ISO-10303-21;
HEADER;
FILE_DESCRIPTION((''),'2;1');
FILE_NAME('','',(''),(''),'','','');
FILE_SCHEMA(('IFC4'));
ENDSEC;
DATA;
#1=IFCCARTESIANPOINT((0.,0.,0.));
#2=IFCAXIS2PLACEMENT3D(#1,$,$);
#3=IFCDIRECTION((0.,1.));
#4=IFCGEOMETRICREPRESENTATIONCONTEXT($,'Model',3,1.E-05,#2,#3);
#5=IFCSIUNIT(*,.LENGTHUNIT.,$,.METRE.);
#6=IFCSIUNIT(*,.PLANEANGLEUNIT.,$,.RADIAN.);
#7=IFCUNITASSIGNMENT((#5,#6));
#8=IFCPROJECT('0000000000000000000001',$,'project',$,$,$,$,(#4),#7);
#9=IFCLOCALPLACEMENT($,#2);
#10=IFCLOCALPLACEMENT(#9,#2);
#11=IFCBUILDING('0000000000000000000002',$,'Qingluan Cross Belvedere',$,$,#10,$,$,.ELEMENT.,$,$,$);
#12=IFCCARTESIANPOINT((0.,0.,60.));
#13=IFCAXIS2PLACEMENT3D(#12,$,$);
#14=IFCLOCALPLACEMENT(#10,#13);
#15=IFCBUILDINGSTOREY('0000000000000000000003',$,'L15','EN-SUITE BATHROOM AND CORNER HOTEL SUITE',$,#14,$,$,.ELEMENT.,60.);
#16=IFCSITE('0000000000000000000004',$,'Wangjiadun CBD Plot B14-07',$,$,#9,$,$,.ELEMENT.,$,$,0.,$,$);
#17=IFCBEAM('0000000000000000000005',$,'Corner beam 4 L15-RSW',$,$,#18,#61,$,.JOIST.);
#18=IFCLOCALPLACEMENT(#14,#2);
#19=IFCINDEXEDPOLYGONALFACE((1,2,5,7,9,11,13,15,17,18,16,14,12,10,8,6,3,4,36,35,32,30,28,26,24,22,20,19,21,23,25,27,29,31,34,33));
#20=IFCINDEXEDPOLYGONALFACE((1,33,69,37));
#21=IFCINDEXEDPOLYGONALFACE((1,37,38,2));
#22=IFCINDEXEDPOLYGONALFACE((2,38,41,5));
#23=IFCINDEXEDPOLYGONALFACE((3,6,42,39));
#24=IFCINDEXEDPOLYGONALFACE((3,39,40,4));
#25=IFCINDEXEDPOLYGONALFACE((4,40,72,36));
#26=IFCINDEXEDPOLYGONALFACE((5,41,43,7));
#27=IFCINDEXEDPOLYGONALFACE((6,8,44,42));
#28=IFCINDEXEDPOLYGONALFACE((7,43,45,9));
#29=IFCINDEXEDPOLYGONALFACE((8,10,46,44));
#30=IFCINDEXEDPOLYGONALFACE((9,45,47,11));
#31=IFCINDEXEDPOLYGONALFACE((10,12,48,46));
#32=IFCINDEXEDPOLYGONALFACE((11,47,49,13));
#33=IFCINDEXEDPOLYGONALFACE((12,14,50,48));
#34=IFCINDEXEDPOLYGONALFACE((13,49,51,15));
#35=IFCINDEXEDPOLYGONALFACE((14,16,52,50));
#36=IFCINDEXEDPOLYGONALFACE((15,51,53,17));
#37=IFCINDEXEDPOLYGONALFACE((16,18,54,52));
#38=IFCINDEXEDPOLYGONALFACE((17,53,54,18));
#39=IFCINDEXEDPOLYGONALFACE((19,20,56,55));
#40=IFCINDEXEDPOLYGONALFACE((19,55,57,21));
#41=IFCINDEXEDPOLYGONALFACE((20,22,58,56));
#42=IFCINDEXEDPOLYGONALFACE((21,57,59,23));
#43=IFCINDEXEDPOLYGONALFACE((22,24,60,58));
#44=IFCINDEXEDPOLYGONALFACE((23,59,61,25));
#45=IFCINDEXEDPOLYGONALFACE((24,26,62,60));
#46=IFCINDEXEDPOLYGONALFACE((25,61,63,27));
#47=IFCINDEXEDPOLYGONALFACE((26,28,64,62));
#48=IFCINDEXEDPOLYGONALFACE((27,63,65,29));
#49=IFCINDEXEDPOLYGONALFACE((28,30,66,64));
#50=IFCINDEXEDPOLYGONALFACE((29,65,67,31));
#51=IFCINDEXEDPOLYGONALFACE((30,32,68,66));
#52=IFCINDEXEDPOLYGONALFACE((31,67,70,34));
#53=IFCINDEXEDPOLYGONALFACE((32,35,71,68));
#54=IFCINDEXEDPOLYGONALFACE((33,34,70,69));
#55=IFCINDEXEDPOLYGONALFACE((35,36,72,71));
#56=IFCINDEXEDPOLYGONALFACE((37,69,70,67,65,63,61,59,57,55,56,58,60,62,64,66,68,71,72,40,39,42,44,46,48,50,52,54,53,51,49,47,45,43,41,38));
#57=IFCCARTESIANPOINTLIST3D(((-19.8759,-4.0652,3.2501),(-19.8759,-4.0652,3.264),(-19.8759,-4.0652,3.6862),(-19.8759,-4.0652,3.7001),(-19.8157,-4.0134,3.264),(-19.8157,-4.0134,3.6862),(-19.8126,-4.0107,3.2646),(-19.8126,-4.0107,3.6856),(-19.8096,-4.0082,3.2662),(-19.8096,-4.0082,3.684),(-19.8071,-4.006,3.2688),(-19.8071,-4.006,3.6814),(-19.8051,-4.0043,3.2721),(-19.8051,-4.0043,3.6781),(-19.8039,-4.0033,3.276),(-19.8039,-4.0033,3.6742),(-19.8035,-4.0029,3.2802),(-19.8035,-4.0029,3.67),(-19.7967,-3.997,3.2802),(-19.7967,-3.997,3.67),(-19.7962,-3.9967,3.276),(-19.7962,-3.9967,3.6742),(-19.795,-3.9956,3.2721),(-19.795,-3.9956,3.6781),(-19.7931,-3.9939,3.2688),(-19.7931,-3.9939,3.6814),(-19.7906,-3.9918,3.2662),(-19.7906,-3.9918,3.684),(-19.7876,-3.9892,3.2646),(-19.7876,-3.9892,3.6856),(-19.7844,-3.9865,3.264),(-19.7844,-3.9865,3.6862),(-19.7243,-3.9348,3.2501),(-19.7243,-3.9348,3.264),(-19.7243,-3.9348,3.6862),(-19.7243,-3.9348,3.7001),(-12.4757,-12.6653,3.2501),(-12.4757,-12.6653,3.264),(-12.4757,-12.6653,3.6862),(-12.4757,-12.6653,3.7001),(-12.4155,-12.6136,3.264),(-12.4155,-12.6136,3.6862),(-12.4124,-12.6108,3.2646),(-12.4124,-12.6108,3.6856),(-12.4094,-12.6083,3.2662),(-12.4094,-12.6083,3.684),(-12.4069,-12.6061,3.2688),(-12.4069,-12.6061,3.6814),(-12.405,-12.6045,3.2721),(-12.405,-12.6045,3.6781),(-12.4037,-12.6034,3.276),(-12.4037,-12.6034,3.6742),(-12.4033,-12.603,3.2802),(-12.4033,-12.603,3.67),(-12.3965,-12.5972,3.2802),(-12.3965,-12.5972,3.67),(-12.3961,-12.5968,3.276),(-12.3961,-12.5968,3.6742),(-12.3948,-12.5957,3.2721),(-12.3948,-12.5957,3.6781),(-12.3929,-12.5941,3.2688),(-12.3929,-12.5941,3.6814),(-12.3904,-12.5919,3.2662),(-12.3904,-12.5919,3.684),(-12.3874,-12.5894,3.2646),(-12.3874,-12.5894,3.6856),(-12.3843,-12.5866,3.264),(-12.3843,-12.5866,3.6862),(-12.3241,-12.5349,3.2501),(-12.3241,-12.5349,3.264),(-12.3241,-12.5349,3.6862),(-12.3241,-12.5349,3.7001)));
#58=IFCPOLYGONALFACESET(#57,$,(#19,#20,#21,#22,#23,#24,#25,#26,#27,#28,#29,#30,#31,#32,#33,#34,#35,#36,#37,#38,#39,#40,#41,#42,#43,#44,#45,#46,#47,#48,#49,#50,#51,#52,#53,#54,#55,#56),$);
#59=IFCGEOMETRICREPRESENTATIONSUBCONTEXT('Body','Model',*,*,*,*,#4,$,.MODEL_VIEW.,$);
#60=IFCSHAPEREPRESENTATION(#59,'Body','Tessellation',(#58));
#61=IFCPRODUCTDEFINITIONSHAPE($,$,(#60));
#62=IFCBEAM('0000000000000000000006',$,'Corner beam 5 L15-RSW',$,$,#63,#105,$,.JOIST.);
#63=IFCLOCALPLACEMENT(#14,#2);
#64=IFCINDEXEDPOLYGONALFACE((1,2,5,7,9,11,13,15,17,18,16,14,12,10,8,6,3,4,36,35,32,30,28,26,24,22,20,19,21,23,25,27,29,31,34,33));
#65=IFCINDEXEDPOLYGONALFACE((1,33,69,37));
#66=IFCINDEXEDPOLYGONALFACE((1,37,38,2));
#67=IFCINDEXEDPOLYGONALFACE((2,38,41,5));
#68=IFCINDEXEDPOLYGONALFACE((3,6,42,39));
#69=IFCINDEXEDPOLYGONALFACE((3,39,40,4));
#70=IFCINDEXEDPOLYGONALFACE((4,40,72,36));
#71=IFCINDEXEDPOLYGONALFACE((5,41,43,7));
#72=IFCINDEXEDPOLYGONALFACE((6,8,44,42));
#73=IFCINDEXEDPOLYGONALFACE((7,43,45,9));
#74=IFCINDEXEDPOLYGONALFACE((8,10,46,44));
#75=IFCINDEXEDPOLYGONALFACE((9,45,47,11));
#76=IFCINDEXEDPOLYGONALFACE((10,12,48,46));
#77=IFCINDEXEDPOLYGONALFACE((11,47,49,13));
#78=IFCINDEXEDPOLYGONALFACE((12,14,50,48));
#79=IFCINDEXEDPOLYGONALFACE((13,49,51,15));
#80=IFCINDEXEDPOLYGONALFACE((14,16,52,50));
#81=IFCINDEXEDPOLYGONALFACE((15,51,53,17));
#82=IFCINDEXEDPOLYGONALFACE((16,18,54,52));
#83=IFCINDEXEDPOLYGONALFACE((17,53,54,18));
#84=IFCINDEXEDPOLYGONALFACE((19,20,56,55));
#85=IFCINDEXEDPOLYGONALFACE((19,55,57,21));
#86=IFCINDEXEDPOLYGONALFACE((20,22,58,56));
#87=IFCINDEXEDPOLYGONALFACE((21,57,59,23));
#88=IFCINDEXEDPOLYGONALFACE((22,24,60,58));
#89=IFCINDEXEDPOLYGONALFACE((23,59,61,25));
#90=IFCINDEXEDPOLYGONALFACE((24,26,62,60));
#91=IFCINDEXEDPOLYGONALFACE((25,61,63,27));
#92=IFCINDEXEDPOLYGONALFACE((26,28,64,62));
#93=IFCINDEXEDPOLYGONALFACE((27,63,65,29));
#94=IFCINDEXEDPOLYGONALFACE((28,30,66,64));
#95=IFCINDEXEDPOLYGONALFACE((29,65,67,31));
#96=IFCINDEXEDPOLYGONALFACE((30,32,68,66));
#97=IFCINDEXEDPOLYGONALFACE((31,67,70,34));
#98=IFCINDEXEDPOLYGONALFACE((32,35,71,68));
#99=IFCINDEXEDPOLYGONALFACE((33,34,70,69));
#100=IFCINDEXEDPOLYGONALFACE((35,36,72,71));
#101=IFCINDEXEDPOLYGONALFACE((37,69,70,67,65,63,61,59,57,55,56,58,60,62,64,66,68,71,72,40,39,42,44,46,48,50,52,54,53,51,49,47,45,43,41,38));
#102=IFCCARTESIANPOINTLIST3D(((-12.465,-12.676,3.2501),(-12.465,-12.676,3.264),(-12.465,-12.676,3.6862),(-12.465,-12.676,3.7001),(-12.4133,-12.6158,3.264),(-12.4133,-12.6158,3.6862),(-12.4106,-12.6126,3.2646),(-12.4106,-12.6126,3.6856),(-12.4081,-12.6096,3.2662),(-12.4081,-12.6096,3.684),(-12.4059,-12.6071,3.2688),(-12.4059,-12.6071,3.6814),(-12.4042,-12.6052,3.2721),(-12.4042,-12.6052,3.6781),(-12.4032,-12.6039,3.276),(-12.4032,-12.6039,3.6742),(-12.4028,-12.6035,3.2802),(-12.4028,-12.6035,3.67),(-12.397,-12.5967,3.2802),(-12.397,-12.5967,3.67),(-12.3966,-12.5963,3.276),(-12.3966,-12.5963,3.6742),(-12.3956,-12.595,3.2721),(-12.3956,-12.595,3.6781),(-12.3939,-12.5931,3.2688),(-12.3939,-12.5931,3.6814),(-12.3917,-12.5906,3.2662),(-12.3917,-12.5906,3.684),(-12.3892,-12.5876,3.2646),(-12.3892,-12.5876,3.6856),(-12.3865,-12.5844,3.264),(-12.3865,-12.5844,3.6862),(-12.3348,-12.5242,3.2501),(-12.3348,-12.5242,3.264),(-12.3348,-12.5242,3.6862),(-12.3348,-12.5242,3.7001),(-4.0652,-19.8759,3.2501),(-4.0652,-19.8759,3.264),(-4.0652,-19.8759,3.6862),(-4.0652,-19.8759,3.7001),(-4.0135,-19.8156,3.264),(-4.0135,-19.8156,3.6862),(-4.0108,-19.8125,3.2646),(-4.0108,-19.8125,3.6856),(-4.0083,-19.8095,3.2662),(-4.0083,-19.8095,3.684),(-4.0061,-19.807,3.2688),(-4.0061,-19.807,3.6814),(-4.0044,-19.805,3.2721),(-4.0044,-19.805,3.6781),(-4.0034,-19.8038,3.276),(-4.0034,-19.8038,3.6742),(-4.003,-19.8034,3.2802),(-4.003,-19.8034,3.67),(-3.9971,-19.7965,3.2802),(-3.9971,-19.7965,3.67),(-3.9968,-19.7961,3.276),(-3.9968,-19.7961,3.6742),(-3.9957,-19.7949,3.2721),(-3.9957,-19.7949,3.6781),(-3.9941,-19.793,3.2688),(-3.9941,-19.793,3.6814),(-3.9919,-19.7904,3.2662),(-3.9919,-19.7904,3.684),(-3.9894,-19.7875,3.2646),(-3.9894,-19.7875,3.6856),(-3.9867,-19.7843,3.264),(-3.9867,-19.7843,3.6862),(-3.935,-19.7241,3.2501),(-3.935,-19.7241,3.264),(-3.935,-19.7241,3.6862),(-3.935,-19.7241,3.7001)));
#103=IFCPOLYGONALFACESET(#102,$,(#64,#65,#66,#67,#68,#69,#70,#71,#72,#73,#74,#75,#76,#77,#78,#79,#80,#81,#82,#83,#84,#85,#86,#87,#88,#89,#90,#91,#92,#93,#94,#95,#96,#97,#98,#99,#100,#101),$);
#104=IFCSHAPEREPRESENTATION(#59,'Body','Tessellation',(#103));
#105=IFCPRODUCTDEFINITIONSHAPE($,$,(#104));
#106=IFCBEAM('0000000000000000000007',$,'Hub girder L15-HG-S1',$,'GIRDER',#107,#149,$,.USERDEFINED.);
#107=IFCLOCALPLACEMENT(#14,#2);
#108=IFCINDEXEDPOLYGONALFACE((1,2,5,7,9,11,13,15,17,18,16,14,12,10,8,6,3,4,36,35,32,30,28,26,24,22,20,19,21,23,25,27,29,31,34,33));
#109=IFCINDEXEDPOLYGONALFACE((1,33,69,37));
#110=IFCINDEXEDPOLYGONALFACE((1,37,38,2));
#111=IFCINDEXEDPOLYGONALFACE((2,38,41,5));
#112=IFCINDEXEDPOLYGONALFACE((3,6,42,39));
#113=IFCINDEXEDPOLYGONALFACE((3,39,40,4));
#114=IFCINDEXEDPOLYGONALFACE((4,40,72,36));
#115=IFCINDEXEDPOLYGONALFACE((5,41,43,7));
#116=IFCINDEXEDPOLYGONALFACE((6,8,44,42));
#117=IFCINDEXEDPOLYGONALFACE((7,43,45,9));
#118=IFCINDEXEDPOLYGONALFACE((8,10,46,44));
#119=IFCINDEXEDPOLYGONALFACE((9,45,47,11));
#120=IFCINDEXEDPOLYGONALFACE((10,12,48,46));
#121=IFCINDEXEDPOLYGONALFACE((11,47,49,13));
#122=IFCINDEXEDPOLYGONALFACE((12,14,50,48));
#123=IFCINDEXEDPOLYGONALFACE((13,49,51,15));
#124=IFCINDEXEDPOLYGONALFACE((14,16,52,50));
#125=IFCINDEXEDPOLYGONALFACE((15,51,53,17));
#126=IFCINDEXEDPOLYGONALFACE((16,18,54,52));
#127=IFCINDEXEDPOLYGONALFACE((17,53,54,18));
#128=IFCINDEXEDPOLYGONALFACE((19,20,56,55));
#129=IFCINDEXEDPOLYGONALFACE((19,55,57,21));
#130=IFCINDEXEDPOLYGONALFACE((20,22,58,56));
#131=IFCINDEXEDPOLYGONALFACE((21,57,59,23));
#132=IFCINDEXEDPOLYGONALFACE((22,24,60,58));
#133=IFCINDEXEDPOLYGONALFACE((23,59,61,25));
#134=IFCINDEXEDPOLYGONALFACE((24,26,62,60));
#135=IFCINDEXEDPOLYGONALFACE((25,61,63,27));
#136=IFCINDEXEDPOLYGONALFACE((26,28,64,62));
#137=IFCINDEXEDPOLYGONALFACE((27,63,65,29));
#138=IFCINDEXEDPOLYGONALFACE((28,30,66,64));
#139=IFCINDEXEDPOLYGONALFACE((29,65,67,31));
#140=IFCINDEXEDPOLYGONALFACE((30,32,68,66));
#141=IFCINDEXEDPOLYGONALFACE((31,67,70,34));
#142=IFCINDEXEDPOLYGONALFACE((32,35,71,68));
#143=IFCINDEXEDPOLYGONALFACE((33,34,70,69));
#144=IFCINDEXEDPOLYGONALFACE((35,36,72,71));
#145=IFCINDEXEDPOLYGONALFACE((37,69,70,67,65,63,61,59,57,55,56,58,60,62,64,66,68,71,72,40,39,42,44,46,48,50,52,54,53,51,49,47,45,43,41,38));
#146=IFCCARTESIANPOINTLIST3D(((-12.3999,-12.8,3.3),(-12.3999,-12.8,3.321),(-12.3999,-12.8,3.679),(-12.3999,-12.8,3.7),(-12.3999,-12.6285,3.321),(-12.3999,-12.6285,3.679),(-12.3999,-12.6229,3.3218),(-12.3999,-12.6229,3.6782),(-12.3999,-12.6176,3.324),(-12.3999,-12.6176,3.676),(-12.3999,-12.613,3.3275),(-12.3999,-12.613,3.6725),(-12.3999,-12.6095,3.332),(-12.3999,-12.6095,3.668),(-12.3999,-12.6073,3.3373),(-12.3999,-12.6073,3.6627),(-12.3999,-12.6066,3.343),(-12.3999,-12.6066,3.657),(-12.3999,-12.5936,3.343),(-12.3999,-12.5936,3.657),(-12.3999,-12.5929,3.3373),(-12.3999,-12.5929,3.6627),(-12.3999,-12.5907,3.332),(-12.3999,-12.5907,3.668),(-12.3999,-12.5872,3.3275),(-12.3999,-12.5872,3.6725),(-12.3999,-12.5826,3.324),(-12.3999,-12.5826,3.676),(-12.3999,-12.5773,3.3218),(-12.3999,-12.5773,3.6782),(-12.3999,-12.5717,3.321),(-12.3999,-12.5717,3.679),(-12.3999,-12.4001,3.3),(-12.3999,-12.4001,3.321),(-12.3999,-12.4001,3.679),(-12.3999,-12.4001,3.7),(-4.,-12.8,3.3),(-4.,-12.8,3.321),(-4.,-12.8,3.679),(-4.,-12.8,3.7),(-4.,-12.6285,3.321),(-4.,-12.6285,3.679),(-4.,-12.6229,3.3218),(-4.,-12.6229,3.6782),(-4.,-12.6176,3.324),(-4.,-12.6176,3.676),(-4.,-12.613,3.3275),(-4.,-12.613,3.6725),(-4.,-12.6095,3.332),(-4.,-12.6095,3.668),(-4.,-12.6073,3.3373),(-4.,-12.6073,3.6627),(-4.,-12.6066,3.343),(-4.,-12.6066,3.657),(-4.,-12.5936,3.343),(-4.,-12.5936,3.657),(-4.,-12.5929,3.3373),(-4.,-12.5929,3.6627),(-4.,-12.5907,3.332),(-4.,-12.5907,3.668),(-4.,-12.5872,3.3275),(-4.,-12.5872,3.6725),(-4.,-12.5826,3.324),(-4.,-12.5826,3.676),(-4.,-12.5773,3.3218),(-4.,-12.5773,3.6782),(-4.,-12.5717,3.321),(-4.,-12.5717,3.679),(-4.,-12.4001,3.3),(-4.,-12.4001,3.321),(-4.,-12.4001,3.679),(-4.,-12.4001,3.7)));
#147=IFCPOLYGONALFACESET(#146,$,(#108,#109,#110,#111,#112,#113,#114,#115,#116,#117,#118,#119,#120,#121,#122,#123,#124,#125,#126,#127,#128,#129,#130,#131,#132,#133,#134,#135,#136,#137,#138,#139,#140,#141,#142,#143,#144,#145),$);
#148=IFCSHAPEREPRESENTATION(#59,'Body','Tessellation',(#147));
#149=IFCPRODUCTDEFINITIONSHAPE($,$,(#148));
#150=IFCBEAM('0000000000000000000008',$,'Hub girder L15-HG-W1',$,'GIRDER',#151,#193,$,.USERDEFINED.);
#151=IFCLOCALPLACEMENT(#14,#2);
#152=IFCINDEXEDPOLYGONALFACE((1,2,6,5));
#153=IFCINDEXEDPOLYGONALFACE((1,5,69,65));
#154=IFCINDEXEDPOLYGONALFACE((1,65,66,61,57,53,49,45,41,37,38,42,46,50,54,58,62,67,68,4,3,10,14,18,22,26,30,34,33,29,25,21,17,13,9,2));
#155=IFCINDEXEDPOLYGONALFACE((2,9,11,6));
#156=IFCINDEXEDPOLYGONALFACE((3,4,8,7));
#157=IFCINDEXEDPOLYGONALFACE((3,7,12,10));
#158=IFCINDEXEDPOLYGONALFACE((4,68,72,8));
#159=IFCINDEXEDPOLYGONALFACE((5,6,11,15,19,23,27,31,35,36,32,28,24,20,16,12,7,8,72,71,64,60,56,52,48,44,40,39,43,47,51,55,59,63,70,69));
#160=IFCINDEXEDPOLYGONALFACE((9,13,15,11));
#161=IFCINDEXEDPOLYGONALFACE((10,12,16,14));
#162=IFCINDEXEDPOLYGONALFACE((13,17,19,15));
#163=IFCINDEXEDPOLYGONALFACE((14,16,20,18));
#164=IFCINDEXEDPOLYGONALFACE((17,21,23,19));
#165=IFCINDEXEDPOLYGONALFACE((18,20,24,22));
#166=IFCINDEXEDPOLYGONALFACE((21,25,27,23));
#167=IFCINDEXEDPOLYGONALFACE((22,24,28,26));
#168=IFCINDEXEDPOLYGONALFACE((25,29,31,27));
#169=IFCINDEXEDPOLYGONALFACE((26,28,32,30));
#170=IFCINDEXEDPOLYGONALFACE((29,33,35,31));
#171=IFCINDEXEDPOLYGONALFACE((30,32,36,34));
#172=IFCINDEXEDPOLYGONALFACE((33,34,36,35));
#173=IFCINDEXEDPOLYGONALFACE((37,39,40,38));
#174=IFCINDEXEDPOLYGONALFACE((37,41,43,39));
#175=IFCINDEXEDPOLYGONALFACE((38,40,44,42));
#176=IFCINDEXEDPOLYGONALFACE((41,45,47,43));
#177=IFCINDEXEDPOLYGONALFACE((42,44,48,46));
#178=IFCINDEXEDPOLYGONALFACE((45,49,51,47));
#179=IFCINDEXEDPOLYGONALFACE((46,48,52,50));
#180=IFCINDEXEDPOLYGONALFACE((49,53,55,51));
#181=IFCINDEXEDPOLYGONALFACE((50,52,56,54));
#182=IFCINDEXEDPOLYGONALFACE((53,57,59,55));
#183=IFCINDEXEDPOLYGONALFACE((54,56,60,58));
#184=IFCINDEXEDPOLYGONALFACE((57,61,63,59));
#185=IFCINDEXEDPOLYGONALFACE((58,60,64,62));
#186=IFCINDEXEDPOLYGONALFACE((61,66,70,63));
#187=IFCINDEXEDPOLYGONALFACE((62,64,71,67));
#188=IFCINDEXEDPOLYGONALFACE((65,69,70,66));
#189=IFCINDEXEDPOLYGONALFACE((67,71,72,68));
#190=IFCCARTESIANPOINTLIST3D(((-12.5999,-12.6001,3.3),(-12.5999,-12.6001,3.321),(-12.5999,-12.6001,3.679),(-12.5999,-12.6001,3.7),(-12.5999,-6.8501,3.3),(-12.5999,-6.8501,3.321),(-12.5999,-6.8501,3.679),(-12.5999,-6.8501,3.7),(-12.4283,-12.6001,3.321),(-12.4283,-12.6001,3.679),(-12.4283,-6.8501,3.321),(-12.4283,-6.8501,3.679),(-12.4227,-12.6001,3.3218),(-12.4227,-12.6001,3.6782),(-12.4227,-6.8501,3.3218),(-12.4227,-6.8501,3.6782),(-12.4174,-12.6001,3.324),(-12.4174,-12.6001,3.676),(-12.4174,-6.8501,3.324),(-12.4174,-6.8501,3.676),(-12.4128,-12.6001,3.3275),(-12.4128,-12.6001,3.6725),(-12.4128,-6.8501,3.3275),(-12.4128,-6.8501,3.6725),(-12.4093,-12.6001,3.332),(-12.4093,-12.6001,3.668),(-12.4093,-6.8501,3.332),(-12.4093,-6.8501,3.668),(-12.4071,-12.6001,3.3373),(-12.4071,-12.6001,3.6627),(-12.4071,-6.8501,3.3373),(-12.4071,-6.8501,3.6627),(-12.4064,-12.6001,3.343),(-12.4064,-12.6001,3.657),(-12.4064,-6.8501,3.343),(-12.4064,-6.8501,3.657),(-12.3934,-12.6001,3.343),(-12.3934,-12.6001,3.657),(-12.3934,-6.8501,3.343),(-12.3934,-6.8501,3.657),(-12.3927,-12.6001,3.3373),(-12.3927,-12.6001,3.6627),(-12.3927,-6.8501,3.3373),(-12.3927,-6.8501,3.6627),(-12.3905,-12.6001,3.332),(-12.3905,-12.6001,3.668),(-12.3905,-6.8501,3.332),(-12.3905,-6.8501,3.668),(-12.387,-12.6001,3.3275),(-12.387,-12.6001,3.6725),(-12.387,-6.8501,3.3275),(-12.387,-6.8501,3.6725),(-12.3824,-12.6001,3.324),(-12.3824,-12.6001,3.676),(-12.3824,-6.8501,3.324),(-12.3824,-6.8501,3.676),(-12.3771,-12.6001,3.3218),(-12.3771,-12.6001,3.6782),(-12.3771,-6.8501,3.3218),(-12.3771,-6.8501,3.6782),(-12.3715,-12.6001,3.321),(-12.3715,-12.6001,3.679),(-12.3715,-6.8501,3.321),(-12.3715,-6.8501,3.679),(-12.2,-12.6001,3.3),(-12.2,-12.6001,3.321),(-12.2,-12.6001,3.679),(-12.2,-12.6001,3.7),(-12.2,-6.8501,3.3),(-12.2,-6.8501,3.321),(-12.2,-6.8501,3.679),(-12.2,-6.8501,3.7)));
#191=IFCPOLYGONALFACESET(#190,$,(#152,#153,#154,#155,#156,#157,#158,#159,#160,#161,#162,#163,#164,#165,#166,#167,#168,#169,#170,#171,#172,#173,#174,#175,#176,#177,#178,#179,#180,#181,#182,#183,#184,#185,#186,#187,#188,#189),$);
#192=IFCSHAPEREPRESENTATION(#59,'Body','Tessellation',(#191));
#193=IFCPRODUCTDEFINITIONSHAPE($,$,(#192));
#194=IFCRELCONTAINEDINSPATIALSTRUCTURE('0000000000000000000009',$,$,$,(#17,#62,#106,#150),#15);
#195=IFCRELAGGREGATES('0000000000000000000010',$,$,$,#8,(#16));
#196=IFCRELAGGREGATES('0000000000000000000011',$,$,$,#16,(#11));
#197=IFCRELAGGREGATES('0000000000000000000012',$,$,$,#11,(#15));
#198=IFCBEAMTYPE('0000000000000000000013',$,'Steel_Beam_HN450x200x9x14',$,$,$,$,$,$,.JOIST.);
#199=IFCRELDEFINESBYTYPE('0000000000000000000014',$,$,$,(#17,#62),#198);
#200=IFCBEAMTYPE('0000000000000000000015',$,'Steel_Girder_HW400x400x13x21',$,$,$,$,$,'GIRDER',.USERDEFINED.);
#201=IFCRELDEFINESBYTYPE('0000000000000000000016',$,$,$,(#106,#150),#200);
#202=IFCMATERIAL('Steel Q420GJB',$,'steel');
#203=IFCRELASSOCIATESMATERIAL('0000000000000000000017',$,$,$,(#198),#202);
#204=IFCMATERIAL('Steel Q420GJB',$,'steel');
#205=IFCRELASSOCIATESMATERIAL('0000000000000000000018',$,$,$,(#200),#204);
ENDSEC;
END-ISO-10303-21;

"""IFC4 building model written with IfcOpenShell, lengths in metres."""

from ifc_helpers import new_model, si_unit, direction, frame, origin, origin_2d, place, context, subcontext, project, spatial, i_section, extrude, material, material_profile, profile_set, type_object, element, save


model = new_model("IFC4")

# Units and contexts
model_context = context("Model", 3, precision=1e-05, world=origin(), true_north=direction((0.0, 1.0)))
body_context = subcontext(model_context, "Body", "Model", "MODEL_VIEW")
ifc_project = project(units=[si_unit("LENGTHUNIT", "METRE"), si_unit("PLANEANGLEUNIT", "RADIAN")], contexts=[model_context])

# Site, building, storey
site_placement = place(None, origin())
site = spatial("IfcSite", under=ifc_project, at=site_placement, Name="Wangjiadun CBD Plot B14-07", CompositionType="ELEMENT", RefElevation=0.0)
building_placement = place(site_placement, origin())
building = spatial("IfcBuilding", under=site, at=building_placement, Name="Qingluan Cross Belvedere", CompositionType="ELEMENT")
storey_placement = place(building_placement, frame((0.0, 0.0, 60.0)))
storey = spatial("IfcBuildingStorey", under=building, at=storey_placement, Name="L15", Description="EN-SUITE BATHROOM AND CORNER HOTEL SUITE", CompositionType="ELEMENT", Elevation=60.0)

# Beams
ifc_material_1 = material(Name="Steel Q420GJB", Category="steel")
ifc_material_profile_1 = material_profile(ifc_material_1, i_section(OverallWidth=0.2, OverallDepth=0.45, WebThickness=0.009, FlangeThickness=0.0139, FilletRadius=0.0161, at=origin_2d()), Name="HN450x200x9x14")
ifc_profile_set_1 = profile_set([ifc_material_profile_1], Name="Steel Q420GJB")
beam_type_1 = type_object("IfcBeamType", Name="Steel_Beam_HN450x200x9x14", PredefinedType="JOIST", material=ifc_profile_set_1)
beam_1_placement = place(storey_placement, frame((-12.3999, -12.6001, 3.4751), z_axis=(-0.652245, 0.758008, 0.0), x_axis=(-0.758008, -0.652245, 0.0)))
element("IfcBeam", 1, at=beam_1_placement, inside=storey, type_object=beam_type_1, Name="Corner beam 4 L15-RSW", PredefinedType="JOIST", context=body_context, shape_type="SweptSolid", body=[
    extrude(i_section(OverallWidth=0.2, OverallDepth=0.45, WebThickness=0.009, FlangeThickness=0.0139, FilletRadius=0.0161, at=origin_2d()), origin(), (0.0, 0.0, 1.0), 11.3457),
])
beam_2_placement = place(storey_placement, frame((-12.3999, -12.6001, 3.4751), z_axis=(0.759255, -0.650793, 0.0), x_axis=(0.650793, 0.759255, 0.0)))
element("IfcBeam", 2, at=beam_2_placement, inside=storey, type_object=beam_type_1, Name="Corner beam 5 L15-RSW", PredefinedType="JOIST", context=body_context, shape_type="SweptSolid", body=[
    extrude(i_section(OverallWidth=0.2, OverallDepth=0.45, WebThickness=0.009, FlangeThickness=0.0139, FilletRadius=0.0161, at=origin_2d()), origin(), (0.0, 0.0, 1.0), 11.0632),
])
ifc_material_2 = material(Name="Steel Q420GJB", Category="steel")
ifc_material_profile_2 = material_profile(ifc_material_2, i_section(OverallWidth=0.3999, OverallDepth=0.3999, WebThickness=0.0129, FlangeThickness=0.021, FilletRadius=0.022, at=origin_2d()), Name="HW400x400x13x21")
ifc_profile_set_2 = profile_set([ifc_material_profile_2], Name="Steel Q420GJB")
beam_type_2 = type_object("IfcBeamType", Name="Steel_Girder_HW400x400x13x21", ElementType="GIRDER", PredefinedType="USERDEFINED", material=ifc_profile_set_2)
beam_3_placement = place(storey_placement, frame((-12.3999, -12.6001, 3.5), z_axis=(1.0, 0.0, 0.0), x_axis=(0.0, 1.0, 0.0)))
element("IfcBeam", 3, at=beam_3_placement, inside=storey, type_object=beam_type_2, Name="Hub girder L15-HG-S1", ObjectType="GIRDER", PredefinedType="USERDEFINED", context=body_context, shape_type="SweptSolid", body=[
    extrude(i_section(OverallWidth=0.3999, OverallDepth=0.3999, WebThickness=0.0129, FlangeThickness=0.021, FilletRadius=0.022, at=origin_2d()), origin(), (0.0, 0.0, 1.0), 8.3999),
])
beam_4_placement = place(storey_placement, frame((-12.3999, -12.6001, 3.5), z_axis=(0.0, 1.0, 0.0), x_axis=(-1.0, 0.0, 0.0)))
element("IfcBeam", 4, at=beam_4_placement, inside=storey, type_object=beam_type_2, Name="Hub girder L15-HG-W1", ObjectType="GIRDER", PredefinedType="USERDEFINED", context=body_context, shape_type="SweptSolid", body=[
    extrude(i_section(OverallWidth=0.3999, OverallDepth=0.3999, WebThickness=0.0129, FlangeThickness=0.021, FilletRadius=0.022, at=origin_2d()), origin(), (0.0, 0.0, 1.0), 5.75),
])

save(model, "model.ifc")
